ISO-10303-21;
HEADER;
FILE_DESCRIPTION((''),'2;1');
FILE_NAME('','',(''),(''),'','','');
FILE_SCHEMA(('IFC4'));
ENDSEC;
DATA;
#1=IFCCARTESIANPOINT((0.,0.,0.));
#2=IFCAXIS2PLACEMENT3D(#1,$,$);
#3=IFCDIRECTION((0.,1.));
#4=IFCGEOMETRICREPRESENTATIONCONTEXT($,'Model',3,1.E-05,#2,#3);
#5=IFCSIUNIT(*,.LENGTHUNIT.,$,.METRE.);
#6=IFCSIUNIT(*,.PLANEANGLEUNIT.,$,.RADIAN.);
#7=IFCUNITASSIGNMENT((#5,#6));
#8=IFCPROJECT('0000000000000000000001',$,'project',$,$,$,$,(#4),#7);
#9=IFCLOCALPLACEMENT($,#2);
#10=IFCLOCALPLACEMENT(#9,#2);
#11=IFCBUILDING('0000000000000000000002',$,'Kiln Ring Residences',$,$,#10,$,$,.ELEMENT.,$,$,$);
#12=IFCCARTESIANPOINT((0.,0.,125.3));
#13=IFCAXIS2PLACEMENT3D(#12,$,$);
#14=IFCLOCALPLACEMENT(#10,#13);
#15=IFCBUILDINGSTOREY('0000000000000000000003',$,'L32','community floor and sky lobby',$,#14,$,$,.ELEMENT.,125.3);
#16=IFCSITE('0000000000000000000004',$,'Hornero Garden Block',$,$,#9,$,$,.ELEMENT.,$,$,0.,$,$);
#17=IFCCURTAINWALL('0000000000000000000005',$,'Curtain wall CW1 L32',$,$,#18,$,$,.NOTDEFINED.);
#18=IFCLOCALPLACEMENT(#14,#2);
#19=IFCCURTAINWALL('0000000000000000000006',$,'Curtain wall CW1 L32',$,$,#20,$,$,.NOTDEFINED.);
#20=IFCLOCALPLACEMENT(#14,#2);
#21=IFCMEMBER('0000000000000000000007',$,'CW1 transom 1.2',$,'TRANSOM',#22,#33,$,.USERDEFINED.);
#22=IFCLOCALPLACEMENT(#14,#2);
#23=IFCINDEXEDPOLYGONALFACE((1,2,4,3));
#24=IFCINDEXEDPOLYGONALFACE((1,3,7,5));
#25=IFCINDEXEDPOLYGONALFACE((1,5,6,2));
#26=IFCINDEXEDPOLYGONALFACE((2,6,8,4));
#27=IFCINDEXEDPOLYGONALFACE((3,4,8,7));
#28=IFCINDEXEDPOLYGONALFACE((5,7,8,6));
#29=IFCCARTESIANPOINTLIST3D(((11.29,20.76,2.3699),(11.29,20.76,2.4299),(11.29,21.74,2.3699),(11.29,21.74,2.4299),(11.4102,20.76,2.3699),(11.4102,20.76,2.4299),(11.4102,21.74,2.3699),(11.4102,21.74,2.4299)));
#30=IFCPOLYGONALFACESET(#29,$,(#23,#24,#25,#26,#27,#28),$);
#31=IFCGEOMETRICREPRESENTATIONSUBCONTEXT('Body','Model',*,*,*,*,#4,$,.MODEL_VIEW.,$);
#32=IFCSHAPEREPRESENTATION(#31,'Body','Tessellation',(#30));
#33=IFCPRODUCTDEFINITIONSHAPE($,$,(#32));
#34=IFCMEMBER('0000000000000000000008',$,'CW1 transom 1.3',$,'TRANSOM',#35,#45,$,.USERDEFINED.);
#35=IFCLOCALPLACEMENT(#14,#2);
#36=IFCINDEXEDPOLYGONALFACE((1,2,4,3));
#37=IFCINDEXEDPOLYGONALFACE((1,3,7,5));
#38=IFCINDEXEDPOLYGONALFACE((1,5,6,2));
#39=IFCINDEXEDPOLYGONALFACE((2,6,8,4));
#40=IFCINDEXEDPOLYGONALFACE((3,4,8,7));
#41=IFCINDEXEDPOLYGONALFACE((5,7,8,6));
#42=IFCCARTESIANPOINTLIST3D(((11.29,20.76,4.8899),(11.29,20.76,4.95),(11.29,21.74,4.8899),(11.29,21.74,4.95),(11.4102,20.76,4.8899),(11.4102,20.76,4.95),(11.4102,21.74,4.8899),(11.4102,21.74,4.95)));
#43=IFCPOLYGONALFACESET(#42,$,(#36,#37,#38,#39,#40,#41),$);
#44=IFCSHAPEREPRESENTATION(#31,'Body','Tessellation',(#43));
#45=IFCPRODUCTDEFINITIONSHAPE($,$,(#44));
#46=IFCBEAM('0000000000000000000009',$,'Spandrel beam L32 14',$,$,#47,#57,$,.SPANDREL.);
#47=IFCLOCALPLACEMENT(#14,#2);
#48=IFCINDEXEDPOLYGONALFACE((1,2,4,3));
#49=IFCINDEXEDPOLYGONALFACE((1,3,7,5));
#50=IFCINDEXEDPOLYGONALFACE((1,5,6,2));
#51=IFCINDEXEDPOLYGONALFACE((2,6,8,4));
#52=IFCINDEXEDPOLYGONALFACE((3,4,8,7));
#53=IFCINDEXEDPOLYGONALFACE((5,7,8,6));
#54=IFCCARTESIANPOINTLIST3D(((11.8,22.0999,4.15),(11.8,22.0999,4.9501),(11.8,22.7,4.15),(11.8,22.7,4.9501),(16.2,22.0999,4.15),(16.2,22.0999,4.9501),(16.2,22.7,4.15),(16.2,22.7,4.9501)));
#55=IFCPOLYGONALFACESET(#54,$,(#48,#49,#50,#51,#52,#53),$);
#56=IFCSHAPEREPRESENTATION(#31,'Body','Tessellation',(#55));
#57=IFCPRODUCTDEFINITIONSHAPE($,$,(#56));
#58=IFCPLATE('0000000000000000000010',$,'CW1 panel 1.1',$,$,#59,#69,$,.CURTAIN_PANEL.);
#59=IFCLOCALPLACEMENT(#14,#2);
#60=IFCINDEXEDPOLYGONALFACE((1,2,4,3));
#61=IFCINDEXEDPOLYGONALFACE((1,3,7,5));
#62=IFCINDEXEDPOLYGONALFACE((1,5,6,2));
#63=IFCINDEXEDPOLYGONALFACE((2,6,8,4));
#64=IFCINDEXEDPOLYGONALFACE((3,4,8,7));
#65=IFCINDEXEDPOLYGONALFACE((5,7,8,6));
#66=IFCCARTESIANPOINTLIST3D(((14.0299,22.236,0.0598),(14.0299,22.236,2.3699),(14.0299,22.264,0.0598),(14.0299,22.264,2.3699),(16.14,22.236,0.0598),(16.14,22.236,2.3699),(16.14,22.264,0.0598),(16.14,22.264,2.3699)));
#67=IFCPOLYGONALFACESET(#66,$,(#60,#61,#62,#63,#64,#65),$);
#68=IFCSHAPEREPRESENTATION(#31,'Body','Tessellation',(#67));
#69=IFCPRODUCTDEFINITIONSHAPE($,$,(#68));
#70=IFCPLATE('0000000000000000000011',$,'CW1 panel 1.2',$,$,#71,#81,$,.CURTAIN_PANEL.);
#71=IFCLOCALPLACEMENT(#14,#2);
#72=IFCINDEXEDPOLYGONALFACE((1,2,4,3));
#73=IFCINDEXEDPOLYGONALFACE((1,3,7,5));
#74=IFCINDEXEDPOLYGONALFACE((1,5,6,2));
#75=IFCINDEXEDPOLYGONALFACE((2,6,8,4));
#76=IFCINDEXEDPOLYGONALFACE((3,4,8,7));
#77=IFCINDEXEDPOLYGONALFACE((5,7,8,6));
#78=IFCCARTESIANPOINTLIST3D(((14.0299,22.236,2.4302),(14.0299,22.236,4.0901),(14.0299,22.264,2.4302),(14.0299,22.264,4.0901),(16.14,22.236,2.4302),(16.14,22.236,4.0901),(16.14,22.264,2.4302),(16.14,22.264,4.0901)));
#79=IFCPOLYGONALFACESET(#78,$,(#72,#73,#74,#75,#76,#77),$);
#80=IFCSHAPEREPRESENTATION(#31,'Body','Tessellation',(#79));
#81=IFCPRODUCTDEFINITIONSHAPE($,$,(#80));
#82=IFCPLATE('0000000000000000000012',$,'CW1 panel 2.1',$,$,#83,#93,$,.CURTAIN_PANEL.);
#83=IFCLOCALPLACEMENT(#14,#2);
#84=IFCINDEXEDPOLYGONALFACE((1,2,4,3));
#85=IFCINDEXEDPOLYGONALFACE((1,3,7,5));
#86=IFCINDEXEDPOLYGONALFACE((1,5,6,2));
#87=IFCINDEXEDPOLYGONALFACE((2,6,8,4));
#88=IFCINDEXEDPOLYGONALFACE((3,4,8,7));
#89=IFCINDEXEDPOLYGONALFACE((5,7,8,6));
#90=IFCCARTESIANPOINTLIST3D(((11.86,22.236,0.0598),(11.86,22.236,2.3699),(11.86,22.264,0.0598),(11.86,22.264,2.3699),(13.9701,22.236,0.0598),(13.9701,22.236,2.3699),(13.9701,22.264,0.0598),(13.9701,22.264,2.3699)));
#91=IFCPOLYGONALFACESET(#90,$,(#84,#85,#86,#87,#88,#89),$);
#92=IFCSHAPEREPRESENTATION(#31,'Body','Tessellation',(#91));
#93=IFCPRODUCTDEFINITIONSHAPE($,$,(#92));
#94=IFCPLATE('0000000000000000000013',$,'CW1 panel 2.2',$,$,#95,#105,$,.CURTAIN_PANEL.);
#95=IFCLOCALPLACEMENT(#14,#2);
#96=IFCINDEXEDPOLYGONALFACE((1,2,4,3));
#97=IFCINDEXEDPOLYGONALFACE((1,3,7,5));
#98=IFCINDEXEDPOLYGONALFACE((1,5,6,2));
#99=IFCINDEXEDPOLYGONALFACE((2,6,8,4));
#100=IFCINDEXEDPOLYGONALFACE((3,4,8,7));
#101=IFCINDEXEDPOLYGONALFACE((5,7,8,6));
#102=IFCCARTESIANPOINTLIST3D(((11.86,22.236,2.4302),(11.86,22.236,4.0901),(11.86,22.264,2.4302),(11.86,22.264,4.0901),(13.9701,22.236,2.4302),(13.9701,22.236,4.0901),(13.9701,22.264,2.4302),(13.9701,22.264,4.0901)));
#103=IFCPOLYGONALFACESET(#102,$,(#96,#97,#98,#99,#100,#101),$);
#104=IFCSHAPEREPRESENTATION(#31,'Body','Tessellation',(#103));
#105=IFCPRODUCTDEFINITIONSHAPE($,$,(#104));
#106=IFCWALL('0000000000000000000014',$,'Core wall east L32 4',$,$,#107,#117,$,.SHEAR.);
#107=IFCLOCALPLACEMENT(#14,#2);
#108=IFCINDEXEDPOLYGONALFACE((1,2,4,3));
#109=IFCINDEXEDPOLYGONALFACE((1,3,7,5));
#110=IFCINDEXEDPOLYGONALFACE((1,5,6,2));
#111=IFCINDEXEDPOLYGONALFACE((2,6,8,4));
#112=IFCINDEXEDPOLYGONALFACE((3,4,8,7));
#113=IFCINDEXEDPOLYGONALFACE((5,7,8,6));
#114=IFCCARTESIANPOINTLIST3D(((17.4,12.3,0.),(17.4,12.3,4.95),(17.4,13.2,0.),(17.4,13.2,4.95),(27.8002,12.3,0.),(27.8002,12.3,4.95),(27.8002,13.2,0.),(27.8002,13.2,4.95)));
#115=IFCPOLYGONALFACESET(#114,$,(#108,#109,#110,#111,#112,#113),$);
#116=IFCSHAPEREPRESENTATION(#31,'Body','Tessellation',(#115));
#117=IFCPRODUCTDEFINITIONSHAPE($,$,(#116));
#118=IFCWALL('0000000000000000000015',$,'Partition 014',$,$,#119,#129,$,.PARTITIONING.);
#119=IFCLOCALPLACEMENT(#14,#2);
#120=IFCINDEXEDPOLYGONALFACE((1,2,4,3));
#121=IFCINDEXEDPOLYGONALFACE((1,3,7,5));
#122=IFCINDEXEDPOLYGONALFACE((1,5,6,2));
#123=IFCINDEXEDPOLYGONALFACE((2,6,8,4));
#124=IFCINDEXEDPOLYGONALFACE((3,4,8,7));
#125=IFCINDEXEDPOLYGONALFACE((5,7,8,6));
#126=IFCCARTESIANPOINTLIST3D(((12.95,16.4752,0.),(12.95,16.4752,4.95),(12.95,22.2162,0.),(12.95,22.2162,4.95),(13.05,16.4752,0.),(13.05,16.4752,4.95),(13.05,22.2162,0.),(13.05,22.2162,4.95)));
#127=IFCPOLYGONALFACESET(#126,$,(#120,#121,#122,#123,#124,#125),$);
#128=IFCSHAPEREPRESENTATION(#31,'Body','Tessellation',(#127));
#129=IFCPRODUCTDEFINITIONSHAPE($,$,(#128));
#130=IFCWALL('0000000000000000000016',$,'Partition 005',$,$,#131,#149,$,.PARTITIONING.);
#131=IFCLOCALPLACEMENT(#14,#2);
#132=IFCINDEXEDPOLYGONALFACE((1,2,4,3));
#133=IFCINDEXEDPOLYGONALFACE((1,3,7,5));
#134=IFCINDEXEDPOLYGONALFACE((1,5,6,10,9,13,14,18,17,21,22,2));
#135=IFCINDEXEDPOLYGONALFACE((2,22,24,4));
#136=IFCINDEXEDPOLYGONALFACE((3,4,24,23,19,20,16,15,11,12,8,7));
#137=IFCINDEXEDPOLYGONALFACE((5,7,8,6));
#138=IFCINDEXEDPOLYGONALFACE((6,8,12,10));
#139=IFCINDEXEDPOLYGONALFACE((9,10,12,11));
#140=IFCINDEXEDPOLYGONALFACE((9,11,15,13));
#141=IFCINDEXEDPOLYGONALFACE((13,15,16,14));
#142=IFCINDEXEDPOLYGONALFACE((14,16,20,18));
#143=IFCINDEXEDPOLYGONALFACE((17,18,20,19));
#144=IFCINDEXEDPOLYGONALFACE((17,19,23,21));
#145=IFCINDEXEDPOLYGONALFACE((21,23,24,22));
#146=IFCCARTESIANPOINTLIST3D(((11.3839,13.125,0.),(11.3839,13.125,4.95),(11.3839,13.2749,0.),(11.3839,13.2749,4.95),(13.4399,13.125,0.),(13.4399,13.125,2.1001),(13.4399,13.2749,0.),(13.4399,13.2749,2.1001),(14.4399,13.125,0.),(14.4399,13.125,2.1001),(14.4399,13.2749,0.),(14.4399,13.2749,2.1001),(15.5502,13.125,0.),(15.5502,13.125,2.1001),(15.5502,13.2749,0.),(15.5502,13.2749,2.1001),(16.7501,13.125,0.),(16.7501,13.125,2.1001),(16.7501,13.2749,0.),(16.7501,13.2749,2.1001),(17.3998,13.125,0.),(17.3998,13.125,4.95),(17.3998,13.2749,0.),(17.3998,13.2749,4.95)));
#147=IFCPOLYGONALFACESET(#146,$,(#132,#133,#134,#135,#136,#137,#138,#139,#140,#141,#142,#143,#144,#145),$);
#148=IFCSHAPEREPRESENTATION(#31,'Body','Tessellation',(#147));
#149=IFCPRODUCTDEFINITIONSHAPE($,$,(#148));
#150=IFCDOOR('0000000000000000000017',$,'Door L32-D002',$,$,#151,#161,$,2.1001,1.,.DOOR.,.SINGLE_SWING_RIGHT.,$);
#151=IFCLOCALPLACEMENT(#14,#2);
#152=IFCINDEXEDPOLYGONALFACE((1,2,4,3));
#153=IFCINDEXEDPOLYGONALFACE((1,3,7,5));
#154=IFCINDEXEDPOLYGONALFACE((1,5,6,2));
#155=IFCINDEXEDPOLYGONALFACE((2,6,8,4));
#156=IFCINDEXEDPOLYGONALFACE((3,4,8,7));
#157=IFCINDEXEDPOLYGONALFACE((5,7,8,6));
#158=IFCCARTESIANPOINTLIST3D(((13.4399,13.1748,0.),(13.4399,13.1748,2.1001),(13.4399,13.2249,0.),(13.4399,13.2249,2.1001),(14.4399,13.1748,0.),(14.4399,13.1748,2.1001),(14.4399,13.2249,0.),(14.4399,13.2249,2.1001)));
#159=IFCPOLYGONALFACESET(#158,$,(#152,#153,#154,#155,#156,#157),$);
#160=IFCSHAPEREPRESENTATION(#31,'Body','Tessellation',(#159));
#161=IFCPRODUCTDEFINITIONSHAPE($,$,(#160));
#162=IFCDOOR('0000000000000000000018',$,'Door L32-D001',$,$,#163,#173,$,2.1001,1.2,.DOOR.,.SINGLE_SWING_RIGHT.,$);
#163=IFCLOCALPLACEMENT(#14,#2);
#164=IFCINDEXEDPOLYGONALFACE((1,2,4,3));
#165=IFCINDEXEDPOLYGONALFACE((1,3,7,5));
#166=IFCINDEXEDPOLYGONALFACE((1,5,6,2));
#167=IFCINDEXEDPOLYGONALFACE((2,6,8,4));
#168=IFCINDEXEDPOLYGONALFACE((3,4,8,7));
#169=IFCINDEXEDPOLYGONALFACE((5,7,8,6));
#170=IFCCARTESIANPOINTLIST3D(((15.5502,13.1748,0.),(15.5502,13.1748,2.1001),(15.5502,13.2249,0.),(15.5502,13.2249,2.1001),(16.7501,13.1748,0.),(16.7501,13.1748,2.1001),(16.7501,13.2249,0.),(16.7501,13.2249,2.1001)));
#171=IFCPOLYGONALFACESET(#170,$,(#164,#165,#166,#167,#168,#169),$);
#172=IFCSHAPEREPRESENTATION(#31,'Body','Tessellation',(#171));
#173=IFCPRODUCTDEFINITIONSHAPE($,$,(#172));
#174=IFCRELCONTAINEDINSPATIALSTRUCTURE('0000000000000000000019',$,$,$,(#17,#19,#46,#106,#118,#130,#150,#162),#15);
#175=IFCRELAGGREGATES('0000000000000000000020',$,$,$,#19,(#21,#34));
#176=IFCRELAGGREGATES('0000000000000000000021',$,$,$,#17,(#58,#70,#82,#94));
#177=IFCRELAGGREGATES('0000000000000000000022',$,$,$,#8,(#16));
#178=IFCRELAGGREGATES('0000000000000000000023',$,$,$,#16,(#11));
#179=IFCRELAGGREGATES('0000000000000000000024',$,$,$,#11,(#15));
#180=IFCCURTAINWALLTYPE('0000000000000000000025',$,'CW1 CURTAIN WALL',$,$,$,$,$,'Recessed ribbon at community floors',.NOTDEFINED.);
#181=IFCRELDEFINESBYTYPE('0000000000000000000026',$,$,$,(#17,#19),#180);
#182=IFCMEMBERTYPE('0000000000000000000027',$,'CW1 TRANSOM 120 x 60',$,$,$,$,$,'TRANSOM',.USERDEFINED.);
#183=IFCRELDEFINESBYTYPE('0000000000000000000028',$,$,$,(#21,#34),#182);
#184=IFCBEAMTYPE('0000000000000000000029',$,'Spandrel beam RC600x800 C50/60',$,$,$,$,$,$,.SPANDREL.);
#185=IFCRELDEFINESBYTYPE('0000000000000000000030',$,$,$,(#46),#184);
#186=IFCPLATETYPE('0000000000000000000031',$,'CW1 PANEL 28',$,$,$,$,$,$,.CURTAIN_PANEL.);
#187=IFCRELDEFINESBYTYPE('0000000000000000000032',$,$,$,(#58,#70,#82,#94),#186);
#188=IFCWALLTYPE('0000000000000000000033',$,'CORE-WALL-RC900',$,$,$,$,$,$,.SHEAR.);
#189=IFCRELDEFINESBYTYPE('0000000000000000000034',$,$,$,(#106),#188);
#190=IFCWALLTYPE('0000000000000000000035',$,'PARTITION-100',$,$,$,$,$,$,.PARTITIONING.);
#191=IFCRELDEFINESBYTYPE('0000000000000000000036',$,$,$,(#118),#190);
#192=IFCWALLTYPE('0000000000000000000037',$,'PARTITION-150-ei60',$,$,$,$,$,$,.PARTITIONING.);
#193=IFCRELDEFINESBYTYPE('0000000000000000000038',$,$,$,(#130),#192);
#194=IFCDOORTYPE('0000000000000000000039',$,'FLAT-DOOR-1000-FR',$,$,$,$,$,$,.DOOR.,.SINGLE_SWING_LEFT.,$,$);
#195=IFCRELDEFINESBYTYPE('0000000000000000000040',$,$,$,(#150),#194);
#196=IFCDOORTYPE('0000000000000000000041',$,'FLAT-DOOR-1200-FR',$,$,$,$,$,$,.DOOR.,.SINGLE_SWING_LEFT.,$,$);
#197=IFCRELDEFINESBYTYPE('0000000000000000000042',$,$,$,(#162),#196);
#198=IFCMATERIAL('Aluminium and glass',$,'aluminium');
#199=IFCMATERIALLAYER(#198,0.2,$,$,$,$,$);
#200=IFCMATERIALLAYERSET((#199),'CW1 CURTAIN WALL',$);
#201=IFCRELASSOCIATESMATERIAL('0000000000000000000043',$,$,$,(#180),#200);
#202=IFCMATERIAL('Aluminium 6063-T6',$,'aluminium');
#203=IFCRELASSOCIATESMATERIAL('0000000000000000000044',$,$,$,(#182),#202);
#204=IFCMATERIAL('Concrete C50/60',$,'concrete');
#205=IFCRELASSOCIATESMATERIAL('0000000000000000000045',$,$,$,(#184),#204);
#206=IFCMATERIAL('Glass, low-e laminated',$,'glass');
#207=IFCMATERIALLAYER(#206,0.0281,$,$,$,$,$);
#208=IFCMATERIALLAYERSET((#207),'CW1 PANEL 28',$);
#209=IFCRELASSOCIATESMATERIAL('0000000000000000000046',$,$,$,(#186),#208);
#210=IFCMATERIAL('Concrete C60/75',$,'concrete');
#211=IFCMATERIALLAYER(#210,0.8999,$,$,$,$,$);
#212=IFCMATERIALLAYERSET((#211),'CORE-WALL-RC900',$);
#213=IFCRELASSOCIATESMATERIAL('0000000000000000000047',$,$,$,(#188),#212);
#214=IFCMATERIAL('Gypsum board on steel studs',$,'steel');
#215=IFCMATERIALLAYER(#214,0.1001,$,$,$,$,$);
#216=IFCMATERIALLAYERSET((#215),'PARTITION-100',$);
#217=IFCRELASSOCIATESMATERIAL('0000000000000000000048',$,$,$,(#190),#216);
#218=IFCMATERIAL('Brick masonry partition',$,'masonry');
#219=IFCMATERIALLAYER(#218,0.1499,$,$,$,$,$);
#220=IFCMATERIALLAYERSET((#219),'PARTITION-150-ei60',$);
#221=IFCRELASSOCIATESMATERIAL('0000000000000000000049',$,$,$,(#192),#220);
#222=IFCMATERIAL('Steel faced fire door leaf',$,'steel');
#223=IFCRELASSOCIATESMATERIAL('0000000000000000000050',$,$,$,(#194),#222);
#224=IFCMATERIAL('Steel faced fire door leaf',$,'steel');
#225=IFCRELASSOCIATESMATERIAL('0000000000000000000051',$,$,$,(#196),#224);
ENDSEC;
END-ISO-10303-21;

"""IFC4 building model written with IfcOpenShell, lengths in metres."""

from ifc_helpers import new_model, si_unit, direction, frame, frame_2d, origin, origin_2d, place, context, subcontext, project, spatial, rectangle, extrude, material, layer, layer_set, material_profile, profile_set, type_object, element, fill, aggregate, save


model = new_model("IFC4")

# Units and contexts
model_context = context("Model", 3, precision=1e-05, world=origin(), true_north=direction((0.0, 1.0)))
body_context = subcontext(model_context, "Body", "Model", "MODEL_VIEW")
ifc_project = project(units=[si_unit("LENGTHUNIT", "METRE"), si_unit("PLANEANGLEUNIT", "RADIAN")], contexts=[model_context])

# Site, building, storey
site_placement = place(None, origin())
site = spatial("IfcSite", under=ifc_project, at=site_placement, Name="Hornero Garden Block", CompositionType="ELEMENT", RefElevation=0.0)
building_placement = place(site_placement, origin())
building = spatial("IfcBuilding", under=site, at=building_placement, Name="Kiln Ring Residences", CompositionType="ELEMENT")
storey_placement = place(building_placement, frame((0.0, 0.0, 125.3)))
storey = spatial("IfcBuildingStorey", under=building, at=storey_placement, Name="L32", Description="community floor and sky lobby", CompositionType="ELEMENT", Elevation=125.3)

# Shared definitions
ifc_material_1 = material(Name="Aluminium and glass", Category="aluminium")
ifc_layer_1 = layer(ifc_material_1, 0.2)
ifc_layer_set_1 = layer_set([ifc_layer_1], Name="CW1 CURTAIN WALL")
curtain_wall_type = type_object("IfcCurtainWallType", Name="CW1 CURTAIN WALL", ElementType="Recessed ribbon at community floors", PredefinedType="NOTDEFINED", material=ifc_layer_set_1)
placement = place(storey_placement, origin())

# Curtain wall
curtain_wall_1 = element("IfcCurtainWall", 1, at=placement, inside=storey, type_object=curtain_wall_type, Name="Curtain wall CW1 L32", PredefinedType="NOTDEFINED")

# Curtain wall
curtain_wall_2 = element("IfcCurtainWall", 2, at=placement, inside=storey, type_object=curtain_wall_type, Name="Curtain wall CW1 L32", PredefinedType="NOTDEFINED")

# Members
ifc_material_2 = material(Name="Aluminium 6063-T6", Category="aluminium")
ifc_material_profile_1 = material_profile(ifc_material_2, rectangle(XDim=0.1201, YDim=0.0601, at=origin_2d()), Name="AL 120x60")
ifc_profile_set_1 = profile_set([ifc_material_profile_1], Name="Aluminium 6063-T6")
member_type_1 = type_object("IfcMemberType", Name="CW1 TRANSOM 120 x 60", ElementType="TRANSOM", PredefinedType="USERDEFINED", material=ifc_profile_set_1)
member_1_placement = place(storey_placement, frame((11.3501, 21.74, 2.3999), z_axis=(0.0, -1.0, 0.0), x_axis=(1.0, 0.0, 0.0)))
member_1 = element("IfcMember", 3, at=member_1_placement, type_object=member_type_1, Name="CW1 transom 1.2", ObjectType="TRANSOM", PredefinedType="USERDEFINED", context=body_context, shape_type="SweptSolid", body=[
    extrude(rectangle(XDim=0.1201, YDim=0.0601, at=origin_2d()), origin(), (0.0, 0.0, 1.0), 0.98),
])
member_2_placement = place(storey_placement, frame((11.3501, 21.74, 4.9199), z_axis=(0.0, -1.0, 0.0), x_axis=(1.0, 0.0, 0.0)))
member_2 = element("IfcMember", 4, at=member_2_placement, type_object=member_type_1, Name="CW1 transom 1.3", ObjectType="TRANSOM", PredefinedType="USERDEFINED", context=body_context, shape_type="SweptSolid", body=[
    extrude(rectangle(XDim=0.1201, YDim=0.0601, at=origin_2d()), origin(), (0.0, 0.0, 1.0), 0.98),
])
aggregate(curtain_wall_2, [member_1, member_2])

# Beam
ifc_material_3 = material(Name="Concrete C50/60", Category="concrete")
ifc_material_profile_2 = material_profile(ifc_material_3, rectangle(XDim=0.6001, YDim=0.8, at=origin_2d()), Name="RC600x800")
ifc_profile_set_2 = profile_set([ifc_material_profile_2], Name="Concrete C50/60")
beam_type = type_object("IfcBeamType", Name="Spandrel beam RC600x800 C50/60", PredefinedType="SPANDREL", material=ifc_profile_set_2)
beam_placement = place(storey_placement, frame((16.2, 22.3999, 4.55), z_axis=(-1.0, 0.0, 0.0), x_axis=(0.0, -1.0, 0.0)))
element("IfcBeam", 5, at=beam_placement, inside=storey, type_object=beam_type, Name="Spandrel beam L32 14", PredefinedType="SPANDREL", context=body_context, shape_type="SweptSolid", body=[
    extrude(rectangle(XDim=0.6001, YDim=0.8, at=origin_2d()), origin(), (0.0, 0.0, 1.0), 4.3999),
])

# Plates
ifc_material_4 = material(Name="Glass, low-e laminated", Category="glass")
ifc_layer_2 = layer(ifc_material_4, 0.0281)
ifc_layer_set_2 = layer_set([ifc_layer_2], Name="CW1 PANEL 28")
plate_type = type_object("IfcPlateType", Name="CW1 PANEL 28", PredefinedType="CURTAIN_PANEL", material=ifc_layer_set_2)
plate_1_placement = place(storey_placement, frame((15.085, 22.25, 0.0598), z_axis=(0.0, 0.0, 1.0), x_axis=(-1.0, 0.0, 0.0)))
plate_1 = element("IfcPlate", 6, at=plate_1_placement, type_object=plate_type, Name="CW1 panel 1.1", PredefinedType="CURTAIN_PANEL", context=body_context, shape_type="SweptSolid", body=[
    extrude(rectangle(XDim=2.1101, YDim=0.0281, at=origin_2d()), origin(), (0.0, 0.0, 1.0), 2.3101),
])
plate_2_placement = place(storey_placement, frame((15.085, 22.25, 2.4302), z_axis=(0.0, 0.0, 1.0), x_axis=(-1.0, 0.0, 0.0)))
plate_2 = element("IfcPlate", 7, at=plate_2_placement, type_object=plate_type, Name="CW1 panel 1.2", PredefinedType="CURTAIN_PANEL", context=body_context, shape_type="SweptSolid", body=[
    extrude(rectangle(XDim=2.1101, YDim=0.0281, at=origin_2d()), origin(), (0.0, 0.0, 1.0), 1.6599),
])
plate_3_placement = place(storey_placement, frame((12.915, 22.25, 0.0598), z_axis=(0.0, 0.0, 1.0), x_axis=(-1.0, 0.0, 0.0)))
plate_3 = element("IfcPlate", 8, at=plate_3_placement, type_object=plate_type, Name="CW1 panel 2.1", PredefinedType="CURTAIN_PANEL", context=body_context, shape_type="SweptSolid", body=[
    extrude(rectangle(XDim=2.1101, YDim=0.0281, at=origin_2d()), origin(), (0.0, 0.0, 1.0), 2.3101),
])
plate_4_placement = place(storey_placement, frame((12.915, 22.25, 2.4302), z_axis=(0.0, 0.0, 1.0), x_axis=(-1.0, 0.0, 0.0)))
plate_4 = element("IfcPlate", 9, at=plate_4_placement, type_object=plate_type, Name="CW1 panel 2.2", PredefinedType="CURTAIN_PANEL", context=body_context, shape_type="SweptSolid", body=[
    extrude(rectangle(XDim=2.1101, YDim=0.0281, at=origin_2d()), origin(), (0.0, 0.0, 1.0), 1.6599),
])
aggregate(curtain_wall_1, [plate_1, plate_2, plate_3, plate_4])

# Walls
ifc_material_5 = material(Name="Concrete C60/75", Category="concrete")
ifc_layer_3 = layer(ifc_material_5, 0.8999)
ifc_layer_set_3 = layer_set([ifc_layer_3], Name="CORE-WALL-RC900")
wall_type_1 = type_object("IfcWallType", Name="CORE-WALL-RC900", PredefinedType="SHEAR", material=ifc_layer_set_3)
wall_1_placement = place(storey_placement, frame((17.3999, 12.75, 0.0), z_axis=(0.0, 0.0, 1.0), x_axis=(1.0, 0.0, 0.0)))
element("IfcWall", 10, at=wall_1_placement, inside=storey, type_object=wall_type_1, Name="Core wall east L32 4", PredefinedType="SHEAR", context=body_context, shape_type="SweptSolid", body=[
    extrude(rectangle(XDim=10.4001, YDim=0.8999, at=frame_2d((5.2002, 0.0))), origin(), (0.0, 0.0, 1.0), 4.95),
])
ifc_material_6 = material(Name="Gypsum board on steel studs", Category="steel")
ifc_layer_4 = layer(ifc_material_6, 0.1001)
ifc_layer_set_4 = layer_set([ifc_layer_4], Name="PARTITION-100")
wall_type_2 = type_object("IfcWallType", Name="PARTITION-100", PredefinedType="PARTITIONING", material=ifc_layer_set_4)
wall_2_placement = place(storey_placement, frame((13.0, 16.4751, 0.0), z_axis=(0.0, 0.0, 1.0), x_axis=(0.0, 1.0, 0.0)))
element("IfcWall", 11, at=wall_2_placement, inside=storey, type_object=wall_type_2, Name="Partition 014", PredefinedType="PARTITIONING", context=body_context, shape_type="SweptSolid", body=[
    extrude(rectangle(XDim=5.741, YDim=0.1001, at=frame_2d((2.8706, 0.0))), origin(), (0.0, 0.0, 1.0), 4.95),
])

# Wall, openings, doors
ifc_material_7 = material(Name="Brick masonry partition", Category="masonry")
ifc_layer_5 = layer(ifc_material_7, 0.1499)
ifc_layer_set_5 = layer_set([ifc_layer_5], Name="PARTITION-150-ei60")
wall_type_3 = type_object("IfcWallType", Name="PARTITION-150-ei60", PredefinedType="PARTITIONING", material=ifc_layer_set_5)
wall_3_placement = place(storey_placement, frame((11.384, 13.2, 0.0), z_axis=(0.0, 0.0, 1.0), x_axis=(1.0, 0.0, 0.0)))
wall_3 = element("IfcWall", 12, at=wall_3_placement, inside=storey, type_object=wall_type_3, Name="Partition 005", PredefinedType="PARTITIONING", context=body_context, shape_type="SweptSolid", body=[
    extrude(rectangle(XDim=6.0159, YDim=0.1499, at=frame_2d((3.0078, 0.0))), origin(), (0.0, 0.0, 1.0), 4.95),
])
opening_1_placement = place(wall_3_placement, frame((4.166, 0.0, 0.0)))
opening_1 = element("IfcOpeningElement", 13, at=opening_1_placement, cuts=wall_3, PredefinedType="OPENING", context=body_context, shape_type="SweptSolid", body=[
    extrude(rectangle(XDim=1.2, YDim=2.1001, at=frame_2d((0.6001, 1.05))), frame((0.0, 0.085, 0.0), z_axis=(0.0, -1.0, 0.0), x_axis=(1.0, 0.0, 0.0)), (0.0, 0.0, 1.0), 0.1699),
])
opening_2_placement = place(wall_3_placement, frame((2.0559, 0.0, 0.0)))
opening_2 = element("IfcOpeningElement", 14, at=opening_2_placement, cuts=wall_3, PredefinedType="OPENING", context=body_context, shape_type="SweptSolid", body=[
    extrude(rectangle(XDim=1.0, YDim=2.1001, at=frame_2d((0.5, 1.05))), frame((0.0, 0.085, 0.0), z_axis=(0.0, -1.0, 0.0), x_axis=(1.0, 0.0, 0.0)), (0.0, 0.0, 1.0), 0.1699),
])
ifc_material_8 = material(Name="Steel faced fire door leaf", Category="steel")
door_type_1 = type_object("IfcDoorType", Name="FLAT-DOOR-1000-FR", OperationType="SINGLE_SWING_LEFT", PredefinedType="DOOR", material=ifc_material_8)
door_1_placement = place(opening_2_placement, origin())
door_1 = element("IfcDoor", 15, at=door_1_placement, inside=storey, type_object=door_type_1, Name="Door L32-D002", OperationType="SINGLE_SWING_RIGHT", OverallHeight=2.1001, OverallWidth=1.0, PredefinedType="DOOR", context=body_context, shape_type="SweptSolid", body=[
    extrude(rectangle(XDim=1.0, YDim=2.1001, at=frame_2d((0.5, 1.05))), frame((0.0, 0.0249, 0.0), z_axis=(0.0, -1.0, 0.0), x_axis=(1.0, 0.0, 0.0)), (0.0, 0.0, 1.0), 0.05),
])
fill(opening_2, door_1)
ifc_material_9 = material(Name="Steel faced fire door leaf", Category="steel")
door_type_2 = type_object("IfcDoorType", Name="FLAT-DOOR-1200-FR", OperationType="SINGLE_SWING_LEFT", PredefinedType="DOOR", material=ifc_material_9)
door_2_placement = place(opening_1_placement, origin())
door_2 = element("IfcDoor", 16, at=door_2_placement, inside=storey, type_object=door_type_2, Name="Door L32-D001", OperationType="SINGLE_SWING_RIGHT", OverallHeight=2.1001, OverallWidth=1.2, PredefinedType="DOOR", context=body_context, shape_type="SweptSolid", body=[
    extrude(rectangle(XDim=1.2, YDim=2.1001, at=frame_2d((0.6001, 1.05))), frame((0.0, 0.0249, 0.0), z_axis=(0.0, -1.0, 0.0), x_axis=(1.0, 0.0, 0.0)), (0.0, 0.0, 1.0), 0.05),
])
fill(opening_1, door_2)

save(model, "model.ifc")
